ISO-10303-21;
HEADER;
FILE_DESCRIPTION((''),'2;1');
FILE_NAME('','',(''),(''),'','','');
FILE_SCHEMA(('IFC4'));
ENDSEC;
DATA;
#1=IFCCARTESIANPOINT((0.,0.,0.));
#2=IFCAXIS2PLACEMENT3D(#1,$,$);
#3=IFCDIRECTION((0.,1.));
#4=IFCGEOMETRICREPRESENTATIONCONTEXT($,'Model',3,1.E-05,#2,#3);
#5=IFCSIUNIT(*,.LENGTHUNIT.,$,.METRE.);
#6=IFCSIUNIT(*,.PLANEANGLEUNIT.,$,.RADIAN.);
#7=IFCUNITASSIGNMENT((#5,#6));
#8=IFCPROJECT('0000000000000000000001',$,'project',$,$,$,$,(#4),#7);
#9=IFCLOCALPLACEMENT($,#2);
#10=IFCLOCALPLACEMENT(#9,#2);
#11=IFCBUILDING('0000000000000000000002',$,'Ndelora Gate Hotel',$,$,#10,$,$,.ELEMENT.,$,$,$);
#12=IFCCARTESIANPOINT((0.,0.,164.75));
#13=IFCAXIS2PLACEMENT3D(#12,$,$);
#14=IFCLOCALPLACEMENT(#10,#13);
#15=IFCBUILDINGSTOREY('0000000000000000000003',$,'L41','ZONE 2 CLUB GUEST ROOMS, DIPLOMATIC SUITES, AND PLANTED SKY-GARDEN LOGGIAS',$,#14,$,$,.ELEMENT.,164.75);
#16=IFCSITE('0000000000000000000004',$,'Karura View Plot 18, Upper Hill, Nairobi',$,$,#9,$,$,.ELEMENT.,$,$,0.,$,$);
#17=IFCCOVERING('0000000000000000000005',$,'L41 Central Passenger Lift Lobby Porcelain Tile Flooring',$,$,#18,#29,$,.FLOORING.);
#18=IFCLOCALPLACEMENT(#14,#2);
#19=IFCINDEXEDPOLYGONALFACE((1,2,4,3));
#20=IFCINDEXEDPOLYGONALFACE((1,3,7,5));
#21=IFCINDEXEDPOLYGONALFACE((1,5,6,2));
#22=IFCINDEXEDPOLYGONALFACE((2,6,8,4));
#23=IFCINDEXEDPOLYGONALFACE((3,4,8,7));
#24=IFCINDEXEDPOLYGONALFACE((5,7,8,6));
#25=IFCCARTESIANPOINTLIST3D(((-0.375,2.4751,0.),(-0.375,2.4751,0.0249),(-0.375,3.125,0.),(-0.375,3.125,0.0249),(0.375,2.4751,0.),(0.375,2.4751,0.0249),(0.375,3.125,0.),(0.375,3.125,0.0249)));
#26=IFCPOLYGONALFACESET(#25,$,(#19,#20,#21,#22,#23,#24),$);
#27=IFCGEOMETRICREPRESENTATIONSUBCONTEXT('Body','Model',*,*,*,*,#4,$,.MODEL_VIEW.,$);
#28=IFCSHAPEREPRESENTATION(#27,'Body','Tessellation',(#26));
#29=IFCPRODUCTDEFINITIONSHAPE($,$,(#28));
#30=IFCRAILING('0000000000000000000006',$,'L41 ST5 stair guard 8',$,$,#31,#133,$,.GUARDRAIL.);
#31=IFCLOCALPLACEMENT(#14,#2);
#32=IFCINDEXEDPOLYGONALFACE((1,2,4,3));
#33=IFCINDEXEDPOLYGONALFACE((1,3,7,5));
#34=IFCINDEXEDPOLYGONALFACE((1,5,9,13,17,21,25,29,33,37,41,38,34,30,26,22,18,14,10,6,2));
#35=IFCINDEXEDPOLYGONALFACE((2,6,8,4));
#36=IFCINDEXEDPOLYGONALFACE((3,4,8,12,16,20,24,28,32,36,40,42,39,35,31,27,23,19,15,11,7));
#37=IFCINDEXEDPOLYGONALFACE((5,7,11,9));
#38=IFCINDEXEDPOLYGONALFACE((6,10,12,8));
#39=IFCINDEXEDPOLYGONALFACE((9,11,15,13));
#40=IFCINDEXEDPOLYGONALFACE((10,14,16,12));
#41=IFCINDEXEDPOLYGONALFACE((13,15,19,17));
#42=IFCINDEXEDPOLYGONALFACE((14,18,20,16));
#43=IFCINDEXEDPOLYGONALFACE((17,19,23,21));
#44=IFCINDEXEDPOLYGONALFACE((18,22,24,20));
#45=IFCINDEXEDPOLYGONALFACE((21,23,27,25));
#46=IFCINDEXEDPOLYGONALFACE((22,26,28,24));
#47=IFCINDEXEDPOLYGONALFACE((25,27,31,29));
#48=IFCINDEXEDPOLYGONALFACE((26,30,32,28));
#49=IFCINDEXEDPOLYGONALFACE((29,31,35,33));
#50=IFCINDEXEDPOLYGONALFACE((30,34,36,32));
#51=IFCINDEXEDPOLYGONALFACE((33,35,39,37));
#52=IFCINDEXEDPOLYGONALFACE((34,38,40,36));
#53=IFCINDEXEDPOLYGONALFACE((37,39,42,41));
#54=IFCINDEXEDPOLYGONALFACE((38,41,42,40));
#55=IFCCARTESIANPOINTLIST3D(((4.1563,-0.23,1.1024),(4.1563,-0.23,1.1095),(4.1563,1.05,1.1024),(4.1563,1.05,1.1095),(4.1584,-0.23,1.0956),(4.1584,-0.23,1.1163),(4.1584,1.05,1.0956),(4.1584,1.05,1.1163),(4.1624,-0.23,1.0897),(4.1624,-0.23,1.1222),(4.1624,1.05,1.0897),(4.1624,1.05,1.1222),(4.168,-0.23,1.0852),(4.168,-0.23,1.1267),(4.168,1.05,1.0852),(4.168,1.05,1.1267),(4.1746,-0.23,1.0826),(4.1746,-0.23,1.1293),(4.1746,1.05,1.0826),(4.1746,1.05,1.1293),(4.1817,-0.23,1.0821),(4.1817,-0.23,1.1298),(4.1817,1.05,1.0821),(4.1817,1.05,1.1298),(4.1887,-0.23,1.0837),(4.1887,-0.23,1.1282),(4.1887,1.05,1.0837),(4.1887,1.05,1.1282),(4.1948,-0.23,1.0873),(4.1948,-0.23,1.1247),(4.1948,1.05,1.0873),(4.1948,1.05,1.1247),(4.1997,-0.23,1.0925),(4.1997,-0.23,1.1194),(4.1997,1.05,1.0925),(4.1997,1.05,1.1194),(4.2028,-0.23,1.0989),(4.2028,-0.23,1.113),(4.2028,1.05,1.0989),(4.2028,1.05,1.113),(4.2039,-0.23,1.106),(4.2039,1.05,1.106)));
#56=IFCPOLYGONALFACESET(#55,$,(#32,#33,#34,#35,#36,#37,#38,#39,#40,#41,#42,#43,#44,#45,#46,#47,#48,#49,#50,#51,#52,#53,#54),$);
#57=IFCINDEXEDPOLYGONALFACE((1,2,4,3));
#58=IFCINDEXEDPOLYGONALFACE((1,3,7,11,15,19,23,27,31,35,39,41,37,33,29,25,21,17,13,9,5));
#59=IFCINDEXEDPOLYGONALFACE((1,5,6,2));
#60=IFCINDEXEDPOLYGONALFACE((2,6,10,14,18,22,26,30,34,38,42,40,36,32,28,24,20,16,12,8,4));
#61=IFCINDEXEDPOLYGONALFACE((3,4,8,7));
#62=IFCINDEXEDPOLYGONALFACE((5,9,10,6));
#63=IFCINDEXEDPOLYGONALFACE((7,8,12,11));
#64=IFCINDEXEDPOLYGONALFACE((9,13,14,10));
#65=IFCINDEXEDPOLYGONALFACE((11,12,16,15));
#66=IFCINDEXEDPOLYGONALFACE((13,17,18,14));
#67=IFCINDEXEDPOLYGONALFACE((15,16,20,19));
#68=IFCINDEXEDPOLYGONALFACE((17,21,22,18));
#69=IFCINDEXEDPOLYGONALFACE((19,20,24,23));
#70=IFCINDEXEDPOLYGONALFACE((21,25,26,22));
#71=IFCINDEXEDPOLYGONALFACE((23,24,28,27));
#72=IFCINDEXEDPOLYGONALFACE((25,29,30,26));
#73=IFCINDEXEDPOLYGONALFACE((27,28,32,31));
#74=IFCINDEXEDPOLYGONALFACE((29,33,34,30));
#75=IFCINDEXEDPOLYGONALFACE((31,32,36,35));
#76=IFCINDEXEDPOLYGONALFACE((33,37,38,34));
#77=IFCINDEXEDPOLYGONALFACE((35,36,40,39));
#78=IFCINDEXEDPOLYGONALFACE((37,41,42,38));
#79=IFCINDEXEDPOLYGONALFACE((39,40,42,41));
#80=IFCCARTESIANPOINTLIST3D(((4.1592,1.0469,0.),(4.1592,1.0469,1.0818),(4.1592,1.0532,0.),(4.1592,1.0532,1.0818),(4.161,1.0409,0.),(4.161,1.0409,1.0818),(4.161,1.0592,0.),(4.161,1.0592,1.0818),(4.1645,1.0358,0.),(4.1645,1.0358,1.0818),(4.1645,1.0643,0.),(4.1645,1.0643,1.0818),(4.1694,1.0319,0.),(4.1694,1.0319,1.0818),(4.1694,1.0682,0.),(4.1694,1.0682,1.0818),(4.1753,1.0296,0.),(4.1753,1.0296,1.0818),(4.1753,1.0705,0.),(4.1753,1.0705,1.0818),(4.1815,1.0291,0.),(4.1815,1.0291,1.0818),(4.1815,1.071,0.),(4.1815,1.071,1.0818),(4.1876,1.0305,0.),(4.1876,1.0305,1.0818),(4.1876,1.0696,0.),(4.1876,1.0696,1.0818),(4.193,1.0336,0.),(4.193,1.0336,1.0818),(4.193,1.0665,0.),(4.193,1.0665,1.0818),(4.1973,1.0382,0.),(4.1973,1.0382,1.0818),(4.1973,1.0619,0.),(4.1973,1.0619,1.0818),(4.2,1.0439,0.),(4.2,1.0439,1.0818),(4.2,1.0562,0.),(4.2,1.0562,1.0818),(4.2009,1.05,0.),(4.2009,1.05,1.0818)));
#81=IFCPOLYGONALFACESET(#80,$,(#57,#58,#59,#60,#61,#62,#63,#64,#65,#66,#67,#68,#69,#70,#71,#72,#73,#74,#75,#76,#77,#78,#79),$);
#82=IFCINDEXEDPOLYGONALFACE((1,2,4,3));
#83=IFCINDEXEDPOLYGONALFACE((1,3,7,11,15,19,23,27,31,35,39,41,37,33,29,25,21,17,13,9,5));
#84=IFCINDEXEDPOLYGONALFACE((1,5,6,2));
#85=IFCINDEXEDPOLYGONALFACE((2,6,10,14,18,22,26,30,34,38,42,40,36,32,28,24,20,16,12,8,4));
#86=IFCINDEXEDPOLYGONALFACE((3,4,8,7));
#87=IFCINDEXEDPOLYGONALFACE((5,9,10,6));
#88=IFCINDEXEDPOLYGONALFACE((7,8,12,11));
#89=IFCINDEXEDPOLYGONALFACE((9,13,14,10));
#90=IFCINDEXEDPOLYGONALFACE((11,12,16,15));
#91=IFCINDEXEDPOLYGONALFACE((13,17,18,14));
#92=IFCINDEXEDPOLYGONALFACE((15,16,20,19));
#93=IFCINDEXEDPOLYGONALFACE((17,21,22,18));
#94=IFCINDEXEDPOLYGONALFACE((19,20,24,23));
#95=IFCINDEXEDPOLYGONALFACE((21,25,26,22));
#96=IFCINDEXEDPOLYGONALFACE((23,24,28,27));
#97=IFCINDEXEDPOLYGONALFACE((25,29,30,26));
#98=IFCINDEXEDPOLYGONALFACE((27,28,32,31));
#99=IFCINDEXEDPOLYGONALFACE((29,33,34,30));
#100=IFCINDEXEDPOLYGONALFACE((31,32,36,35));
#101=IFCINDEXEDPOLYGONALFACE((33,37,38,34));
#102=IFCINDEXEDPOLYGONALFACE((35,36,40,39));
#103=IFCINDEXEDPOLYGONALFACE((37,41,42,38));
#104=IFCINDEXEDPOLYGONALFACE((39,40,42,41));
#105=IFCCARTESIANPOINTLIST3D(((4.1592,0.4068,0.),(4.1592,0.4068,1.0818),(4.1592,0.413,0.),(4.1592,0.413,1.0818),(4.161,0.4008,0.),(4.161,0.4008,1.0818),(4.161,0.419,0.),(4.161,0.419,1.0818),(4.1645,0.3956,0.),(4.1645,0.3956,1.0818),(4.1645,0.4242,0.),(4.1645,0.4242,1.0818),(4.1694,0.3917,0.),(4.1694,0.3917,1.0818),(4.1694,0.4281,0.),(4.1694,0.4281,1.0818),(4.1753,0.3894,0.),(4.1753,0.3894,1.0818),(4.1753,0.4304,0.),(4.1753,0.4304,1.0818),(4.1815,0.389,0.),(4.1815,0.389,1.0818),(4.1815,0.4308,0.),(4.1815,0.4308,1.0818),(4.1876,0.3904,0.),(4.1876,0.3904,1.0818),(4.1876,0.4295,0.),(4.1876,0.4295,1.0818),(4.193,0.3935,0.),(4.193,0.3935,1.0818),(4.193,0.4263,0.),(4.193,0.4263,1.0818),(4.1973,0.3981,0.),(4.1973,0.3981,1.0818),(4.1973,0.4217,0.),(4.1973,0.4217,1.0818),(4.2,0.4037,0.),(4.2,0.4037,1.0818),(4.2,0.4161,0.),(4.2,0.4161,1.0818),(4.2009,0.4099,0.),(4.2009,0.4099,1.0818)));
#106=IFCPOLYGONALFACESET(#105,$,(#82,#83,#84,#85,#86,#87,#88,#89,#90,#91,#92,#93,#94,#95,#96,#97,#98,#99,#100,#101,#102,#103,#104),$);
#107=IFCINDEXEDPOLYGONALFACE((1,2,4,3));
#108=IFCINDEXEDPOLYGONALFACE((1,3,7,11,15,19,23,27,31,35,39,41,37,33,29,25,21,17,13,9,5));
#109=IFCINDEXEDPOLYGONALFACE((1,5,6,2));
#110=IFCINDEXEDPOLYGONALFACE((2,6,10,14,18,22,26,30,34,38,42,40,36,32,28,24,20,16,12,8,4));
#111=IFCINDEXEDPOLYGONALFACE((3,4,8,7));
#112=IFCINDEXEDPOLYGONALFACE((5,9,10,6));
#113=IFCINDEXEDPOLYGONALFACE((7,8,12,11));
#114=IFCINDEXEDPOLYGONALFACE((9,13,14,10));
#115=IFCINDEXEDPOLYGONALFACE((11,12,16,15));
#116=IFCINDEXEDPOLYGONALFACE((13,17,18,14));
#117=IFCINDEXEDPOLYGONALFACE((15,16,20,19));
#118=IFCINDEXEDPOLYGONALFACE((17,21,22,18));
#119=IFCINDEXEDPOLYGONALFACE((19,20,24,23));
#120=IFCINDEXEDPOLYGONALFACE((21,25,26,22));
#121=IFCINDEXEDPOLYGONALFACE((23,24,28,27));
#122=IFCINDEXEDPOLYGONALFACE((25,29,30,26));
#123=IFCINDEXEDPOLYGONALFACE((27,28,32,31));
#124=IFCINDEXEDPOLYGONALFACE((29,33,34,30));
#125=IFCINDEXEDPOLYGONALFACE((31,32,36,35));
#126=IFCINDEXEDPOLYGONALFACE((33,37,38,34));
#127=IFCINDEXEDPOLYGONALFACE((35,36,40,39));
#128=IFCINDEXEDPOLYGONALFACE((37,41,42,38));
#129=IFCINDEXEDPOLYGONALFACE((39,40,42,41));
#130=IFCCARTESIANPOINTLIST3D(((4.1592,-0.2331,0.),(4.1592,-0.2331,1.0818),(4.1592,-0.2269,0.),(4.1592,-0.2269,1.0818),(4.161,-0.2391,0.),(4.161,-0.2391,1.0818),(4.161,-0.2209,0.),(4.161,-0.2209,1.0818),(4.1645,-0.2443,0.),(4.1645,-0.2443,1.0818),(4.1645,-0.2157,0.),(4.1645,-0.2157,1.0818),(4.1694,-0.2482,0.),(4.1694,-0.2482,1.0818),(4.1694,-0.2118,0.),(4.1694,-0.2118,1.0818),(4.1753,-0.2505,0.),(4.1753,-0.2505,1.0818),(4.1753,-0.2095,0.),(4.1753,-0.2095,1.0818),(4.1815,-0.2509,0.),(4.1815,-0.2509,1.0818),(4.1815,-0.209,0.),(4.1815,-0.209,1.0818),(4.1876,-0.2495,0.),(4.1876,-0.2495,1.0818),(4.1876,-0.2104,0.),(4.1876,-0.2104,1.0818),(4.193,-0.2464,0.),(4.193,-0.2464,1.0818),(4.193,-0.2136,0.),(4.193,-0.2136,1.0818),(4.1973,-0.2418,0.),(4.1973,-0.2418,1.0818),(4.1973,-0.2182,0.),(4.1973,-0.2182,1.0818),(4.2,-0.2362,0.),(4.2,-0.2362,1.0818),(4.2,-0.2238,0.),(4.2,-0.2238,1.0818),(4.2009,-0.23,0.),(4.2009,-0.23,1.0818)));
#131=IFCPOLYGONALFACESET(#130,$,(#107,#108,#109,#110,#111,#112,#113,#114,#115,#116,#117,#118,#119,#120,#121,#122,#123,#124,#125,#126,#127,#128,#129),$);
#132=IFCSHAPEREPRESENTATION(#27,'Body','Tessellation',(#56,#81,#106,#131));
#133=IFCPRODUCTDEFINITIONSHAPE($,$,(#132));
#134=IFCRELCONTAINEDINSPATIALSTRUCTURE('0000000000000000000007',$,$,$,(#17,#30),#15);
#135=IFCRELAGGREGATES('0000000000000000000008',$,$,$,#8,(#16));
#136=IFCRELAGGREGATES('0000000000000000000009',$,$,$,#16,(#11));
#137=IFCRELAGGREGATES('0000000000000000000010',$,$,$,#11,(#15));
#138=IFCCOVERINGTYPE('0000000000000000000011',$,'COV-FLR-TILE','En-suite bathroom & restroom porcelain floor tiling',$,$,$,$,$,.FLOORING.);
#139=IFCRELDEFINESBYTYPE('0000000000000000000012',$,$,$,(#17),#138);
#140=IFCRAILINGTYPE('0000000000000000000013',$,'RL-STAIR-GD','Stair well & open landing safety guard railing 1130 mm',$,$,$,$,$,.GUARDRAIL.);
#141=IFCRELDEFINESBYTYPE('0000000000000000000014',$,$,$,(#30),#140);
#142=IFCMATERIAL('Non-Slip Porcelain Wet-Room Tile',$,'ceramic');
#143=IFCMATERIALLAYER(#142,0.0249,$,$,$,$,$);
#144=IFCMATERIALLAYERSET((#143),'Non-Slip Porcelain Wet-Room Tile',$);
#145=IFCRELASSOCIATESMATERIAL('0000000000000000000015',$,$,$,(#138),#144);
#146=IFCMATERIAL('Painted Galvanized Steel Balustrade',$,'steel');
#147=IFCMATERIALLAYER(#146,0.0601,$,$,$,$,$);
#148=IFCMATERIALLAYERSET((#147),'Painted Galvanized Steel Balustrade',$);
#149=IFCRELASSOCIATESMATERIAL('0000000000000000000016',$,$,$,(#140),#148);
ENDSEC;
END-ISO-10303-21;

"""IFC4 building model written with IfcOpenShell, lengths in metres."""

from ifc_helpers import new_model, si_unit, direction, frame, origin, origin_2d, place, context, subcontext, project, spatial, rectangle, circle, extrude, material, layer, layer_set, type_object, element, save


model = new_model("IFC4")

# Units and contexts
model_context = context("Model", 3, precision=1e-05, world=origin(), true_north=direction((0.0, 1.0)))
body_context = subcontext(model_context, "Body", "Model", "MODEL_VIEW")
ifc_project = project(units=[si_unit("LENGTHUNIT", "METRE"), si_unit("PLANEANGLEUNIT", "RADIAN")], contexts=[model_context])

# Site, building, storey
site_placement = place(None, origin())
site = spatial("IfcSite", under=ifc_project, at=site_placement, Name="Karura View Plot 18, Upper Hill, Nairobi", CompositionType="ELEMENT", RefElevation=0.0)
building_placement = place(site_placement, origin())
building = spatial("IfcBuilding", under=site, at=building_placement, Name="Ndelora Gate Hotel", CompositionType="ELEMENT")
storey_placement = place(building_placement, frame((0.0, 0.0, 164.75)))
storey = spatial("IfcBuildingStorey", under=building, at=storey_placement, Name="L41", Description="ZONE 2 CLUB GUEST ROOMS, DIPLOMATIC SUITES, AND PLANTED SKY-GARDEN LOGGIAS", CompositionType="ELEMENT", Elevation=164.75)

# Covering
ifc_material_1 = material(Name="Non-Slip Porcelain Wet-Room Tile", Category="ceramic")
ifc_layer_1 = layer(ifc_material_1, 0.0249)
ifc_layer_set_1 = layer_set([ifc_layer_1], Name="Non-Slip Porcelain Wet-Room Tile")
covering_type_1 = type_object("IfcCoveringType", Name="COV-FLR-TILE", Description="En-suite bathroom & restroom porcelain floor tiling", PredefinedType="FLOORING", material=ifc_layer_set_1)
for number, where, z_axis, x_axis, name in (
    (1, (0.0, 2.8, 0.0), (0.0, 0.0, 1.0), (1.0, 0.0, 0.0), "L41 Central Passenger Lift Lobby Porcelain Tile Flooring"),
):
    element("IfcCovering", number, at=place(storey_placement, frame(where, z_axis=z_axis, x_axis=x_axis)), inside=storey, type_object=covering_type_1, Name=name, PredefinedType="FLOORING", context=body_context, shape_type="SweptSolid", body=[
        extrude(rectangle(XDim=0.75, YDim=0.6499, at=origin_2d()), origin(), (0.0, 0.0, 1.0), 0.0249),
    ])

# Railing
ifc_material_2 = material(Name="Painted Galvanized Steel Balustrade", Category="steel")
ifc_layer_2 = layer(ifc_material_2, 0.0601)
ifc_layer_set_2 = layer_set([ifc_layer_2], Name="Painted Galvanized Steel Balustrade")
railing_type = type_object("IfcRailingType", Name="RL-STAIR-GD", Description="Stair well & open landing safety guard railing 1130 mm", PredefinedType="GUARDRAIL", material=ifc_layer_set_2)
for number, where, name in (
    (2, (4.1799, 1.05, 0.0), "L41 ST5 stair guard 8"),
):
    element("IfcRailing", number, at=place(storey_placement, frame(where)), inside=storey, type_object=railing_type, Name=name, PredefinedType="GUARDRAIL", context=body_context, shape_type="SweptSolid", body=[
        extrude(circle(Radius=0.0239, at=origin_2d()), frame((0.0, 0.0, 1.106), z_axis=(0.0, -1.0, 0.0), x_axis=(1.0, 0.0, 0.0)), (0.0, 0.0, 1.0), 1.28),
        extrude(circle(Radius=0.021, at=origin_2d()), origin(), (0.0, 0.0, 1.0), 1.0818),
        extrude(circle(Radius=0.021, at=origin_2d()), frame((0.0, -0.6401, 0.0)), (0.0, 0.0, 1.0), 1.0818),
        extrude(circle(Radius=0.021, at=origin_2d()), frame((0.0, -1.28, 0.0)), (0.0, 0.0, 1.0), 1.0818),
    ])

save(model, "model.ifc")
